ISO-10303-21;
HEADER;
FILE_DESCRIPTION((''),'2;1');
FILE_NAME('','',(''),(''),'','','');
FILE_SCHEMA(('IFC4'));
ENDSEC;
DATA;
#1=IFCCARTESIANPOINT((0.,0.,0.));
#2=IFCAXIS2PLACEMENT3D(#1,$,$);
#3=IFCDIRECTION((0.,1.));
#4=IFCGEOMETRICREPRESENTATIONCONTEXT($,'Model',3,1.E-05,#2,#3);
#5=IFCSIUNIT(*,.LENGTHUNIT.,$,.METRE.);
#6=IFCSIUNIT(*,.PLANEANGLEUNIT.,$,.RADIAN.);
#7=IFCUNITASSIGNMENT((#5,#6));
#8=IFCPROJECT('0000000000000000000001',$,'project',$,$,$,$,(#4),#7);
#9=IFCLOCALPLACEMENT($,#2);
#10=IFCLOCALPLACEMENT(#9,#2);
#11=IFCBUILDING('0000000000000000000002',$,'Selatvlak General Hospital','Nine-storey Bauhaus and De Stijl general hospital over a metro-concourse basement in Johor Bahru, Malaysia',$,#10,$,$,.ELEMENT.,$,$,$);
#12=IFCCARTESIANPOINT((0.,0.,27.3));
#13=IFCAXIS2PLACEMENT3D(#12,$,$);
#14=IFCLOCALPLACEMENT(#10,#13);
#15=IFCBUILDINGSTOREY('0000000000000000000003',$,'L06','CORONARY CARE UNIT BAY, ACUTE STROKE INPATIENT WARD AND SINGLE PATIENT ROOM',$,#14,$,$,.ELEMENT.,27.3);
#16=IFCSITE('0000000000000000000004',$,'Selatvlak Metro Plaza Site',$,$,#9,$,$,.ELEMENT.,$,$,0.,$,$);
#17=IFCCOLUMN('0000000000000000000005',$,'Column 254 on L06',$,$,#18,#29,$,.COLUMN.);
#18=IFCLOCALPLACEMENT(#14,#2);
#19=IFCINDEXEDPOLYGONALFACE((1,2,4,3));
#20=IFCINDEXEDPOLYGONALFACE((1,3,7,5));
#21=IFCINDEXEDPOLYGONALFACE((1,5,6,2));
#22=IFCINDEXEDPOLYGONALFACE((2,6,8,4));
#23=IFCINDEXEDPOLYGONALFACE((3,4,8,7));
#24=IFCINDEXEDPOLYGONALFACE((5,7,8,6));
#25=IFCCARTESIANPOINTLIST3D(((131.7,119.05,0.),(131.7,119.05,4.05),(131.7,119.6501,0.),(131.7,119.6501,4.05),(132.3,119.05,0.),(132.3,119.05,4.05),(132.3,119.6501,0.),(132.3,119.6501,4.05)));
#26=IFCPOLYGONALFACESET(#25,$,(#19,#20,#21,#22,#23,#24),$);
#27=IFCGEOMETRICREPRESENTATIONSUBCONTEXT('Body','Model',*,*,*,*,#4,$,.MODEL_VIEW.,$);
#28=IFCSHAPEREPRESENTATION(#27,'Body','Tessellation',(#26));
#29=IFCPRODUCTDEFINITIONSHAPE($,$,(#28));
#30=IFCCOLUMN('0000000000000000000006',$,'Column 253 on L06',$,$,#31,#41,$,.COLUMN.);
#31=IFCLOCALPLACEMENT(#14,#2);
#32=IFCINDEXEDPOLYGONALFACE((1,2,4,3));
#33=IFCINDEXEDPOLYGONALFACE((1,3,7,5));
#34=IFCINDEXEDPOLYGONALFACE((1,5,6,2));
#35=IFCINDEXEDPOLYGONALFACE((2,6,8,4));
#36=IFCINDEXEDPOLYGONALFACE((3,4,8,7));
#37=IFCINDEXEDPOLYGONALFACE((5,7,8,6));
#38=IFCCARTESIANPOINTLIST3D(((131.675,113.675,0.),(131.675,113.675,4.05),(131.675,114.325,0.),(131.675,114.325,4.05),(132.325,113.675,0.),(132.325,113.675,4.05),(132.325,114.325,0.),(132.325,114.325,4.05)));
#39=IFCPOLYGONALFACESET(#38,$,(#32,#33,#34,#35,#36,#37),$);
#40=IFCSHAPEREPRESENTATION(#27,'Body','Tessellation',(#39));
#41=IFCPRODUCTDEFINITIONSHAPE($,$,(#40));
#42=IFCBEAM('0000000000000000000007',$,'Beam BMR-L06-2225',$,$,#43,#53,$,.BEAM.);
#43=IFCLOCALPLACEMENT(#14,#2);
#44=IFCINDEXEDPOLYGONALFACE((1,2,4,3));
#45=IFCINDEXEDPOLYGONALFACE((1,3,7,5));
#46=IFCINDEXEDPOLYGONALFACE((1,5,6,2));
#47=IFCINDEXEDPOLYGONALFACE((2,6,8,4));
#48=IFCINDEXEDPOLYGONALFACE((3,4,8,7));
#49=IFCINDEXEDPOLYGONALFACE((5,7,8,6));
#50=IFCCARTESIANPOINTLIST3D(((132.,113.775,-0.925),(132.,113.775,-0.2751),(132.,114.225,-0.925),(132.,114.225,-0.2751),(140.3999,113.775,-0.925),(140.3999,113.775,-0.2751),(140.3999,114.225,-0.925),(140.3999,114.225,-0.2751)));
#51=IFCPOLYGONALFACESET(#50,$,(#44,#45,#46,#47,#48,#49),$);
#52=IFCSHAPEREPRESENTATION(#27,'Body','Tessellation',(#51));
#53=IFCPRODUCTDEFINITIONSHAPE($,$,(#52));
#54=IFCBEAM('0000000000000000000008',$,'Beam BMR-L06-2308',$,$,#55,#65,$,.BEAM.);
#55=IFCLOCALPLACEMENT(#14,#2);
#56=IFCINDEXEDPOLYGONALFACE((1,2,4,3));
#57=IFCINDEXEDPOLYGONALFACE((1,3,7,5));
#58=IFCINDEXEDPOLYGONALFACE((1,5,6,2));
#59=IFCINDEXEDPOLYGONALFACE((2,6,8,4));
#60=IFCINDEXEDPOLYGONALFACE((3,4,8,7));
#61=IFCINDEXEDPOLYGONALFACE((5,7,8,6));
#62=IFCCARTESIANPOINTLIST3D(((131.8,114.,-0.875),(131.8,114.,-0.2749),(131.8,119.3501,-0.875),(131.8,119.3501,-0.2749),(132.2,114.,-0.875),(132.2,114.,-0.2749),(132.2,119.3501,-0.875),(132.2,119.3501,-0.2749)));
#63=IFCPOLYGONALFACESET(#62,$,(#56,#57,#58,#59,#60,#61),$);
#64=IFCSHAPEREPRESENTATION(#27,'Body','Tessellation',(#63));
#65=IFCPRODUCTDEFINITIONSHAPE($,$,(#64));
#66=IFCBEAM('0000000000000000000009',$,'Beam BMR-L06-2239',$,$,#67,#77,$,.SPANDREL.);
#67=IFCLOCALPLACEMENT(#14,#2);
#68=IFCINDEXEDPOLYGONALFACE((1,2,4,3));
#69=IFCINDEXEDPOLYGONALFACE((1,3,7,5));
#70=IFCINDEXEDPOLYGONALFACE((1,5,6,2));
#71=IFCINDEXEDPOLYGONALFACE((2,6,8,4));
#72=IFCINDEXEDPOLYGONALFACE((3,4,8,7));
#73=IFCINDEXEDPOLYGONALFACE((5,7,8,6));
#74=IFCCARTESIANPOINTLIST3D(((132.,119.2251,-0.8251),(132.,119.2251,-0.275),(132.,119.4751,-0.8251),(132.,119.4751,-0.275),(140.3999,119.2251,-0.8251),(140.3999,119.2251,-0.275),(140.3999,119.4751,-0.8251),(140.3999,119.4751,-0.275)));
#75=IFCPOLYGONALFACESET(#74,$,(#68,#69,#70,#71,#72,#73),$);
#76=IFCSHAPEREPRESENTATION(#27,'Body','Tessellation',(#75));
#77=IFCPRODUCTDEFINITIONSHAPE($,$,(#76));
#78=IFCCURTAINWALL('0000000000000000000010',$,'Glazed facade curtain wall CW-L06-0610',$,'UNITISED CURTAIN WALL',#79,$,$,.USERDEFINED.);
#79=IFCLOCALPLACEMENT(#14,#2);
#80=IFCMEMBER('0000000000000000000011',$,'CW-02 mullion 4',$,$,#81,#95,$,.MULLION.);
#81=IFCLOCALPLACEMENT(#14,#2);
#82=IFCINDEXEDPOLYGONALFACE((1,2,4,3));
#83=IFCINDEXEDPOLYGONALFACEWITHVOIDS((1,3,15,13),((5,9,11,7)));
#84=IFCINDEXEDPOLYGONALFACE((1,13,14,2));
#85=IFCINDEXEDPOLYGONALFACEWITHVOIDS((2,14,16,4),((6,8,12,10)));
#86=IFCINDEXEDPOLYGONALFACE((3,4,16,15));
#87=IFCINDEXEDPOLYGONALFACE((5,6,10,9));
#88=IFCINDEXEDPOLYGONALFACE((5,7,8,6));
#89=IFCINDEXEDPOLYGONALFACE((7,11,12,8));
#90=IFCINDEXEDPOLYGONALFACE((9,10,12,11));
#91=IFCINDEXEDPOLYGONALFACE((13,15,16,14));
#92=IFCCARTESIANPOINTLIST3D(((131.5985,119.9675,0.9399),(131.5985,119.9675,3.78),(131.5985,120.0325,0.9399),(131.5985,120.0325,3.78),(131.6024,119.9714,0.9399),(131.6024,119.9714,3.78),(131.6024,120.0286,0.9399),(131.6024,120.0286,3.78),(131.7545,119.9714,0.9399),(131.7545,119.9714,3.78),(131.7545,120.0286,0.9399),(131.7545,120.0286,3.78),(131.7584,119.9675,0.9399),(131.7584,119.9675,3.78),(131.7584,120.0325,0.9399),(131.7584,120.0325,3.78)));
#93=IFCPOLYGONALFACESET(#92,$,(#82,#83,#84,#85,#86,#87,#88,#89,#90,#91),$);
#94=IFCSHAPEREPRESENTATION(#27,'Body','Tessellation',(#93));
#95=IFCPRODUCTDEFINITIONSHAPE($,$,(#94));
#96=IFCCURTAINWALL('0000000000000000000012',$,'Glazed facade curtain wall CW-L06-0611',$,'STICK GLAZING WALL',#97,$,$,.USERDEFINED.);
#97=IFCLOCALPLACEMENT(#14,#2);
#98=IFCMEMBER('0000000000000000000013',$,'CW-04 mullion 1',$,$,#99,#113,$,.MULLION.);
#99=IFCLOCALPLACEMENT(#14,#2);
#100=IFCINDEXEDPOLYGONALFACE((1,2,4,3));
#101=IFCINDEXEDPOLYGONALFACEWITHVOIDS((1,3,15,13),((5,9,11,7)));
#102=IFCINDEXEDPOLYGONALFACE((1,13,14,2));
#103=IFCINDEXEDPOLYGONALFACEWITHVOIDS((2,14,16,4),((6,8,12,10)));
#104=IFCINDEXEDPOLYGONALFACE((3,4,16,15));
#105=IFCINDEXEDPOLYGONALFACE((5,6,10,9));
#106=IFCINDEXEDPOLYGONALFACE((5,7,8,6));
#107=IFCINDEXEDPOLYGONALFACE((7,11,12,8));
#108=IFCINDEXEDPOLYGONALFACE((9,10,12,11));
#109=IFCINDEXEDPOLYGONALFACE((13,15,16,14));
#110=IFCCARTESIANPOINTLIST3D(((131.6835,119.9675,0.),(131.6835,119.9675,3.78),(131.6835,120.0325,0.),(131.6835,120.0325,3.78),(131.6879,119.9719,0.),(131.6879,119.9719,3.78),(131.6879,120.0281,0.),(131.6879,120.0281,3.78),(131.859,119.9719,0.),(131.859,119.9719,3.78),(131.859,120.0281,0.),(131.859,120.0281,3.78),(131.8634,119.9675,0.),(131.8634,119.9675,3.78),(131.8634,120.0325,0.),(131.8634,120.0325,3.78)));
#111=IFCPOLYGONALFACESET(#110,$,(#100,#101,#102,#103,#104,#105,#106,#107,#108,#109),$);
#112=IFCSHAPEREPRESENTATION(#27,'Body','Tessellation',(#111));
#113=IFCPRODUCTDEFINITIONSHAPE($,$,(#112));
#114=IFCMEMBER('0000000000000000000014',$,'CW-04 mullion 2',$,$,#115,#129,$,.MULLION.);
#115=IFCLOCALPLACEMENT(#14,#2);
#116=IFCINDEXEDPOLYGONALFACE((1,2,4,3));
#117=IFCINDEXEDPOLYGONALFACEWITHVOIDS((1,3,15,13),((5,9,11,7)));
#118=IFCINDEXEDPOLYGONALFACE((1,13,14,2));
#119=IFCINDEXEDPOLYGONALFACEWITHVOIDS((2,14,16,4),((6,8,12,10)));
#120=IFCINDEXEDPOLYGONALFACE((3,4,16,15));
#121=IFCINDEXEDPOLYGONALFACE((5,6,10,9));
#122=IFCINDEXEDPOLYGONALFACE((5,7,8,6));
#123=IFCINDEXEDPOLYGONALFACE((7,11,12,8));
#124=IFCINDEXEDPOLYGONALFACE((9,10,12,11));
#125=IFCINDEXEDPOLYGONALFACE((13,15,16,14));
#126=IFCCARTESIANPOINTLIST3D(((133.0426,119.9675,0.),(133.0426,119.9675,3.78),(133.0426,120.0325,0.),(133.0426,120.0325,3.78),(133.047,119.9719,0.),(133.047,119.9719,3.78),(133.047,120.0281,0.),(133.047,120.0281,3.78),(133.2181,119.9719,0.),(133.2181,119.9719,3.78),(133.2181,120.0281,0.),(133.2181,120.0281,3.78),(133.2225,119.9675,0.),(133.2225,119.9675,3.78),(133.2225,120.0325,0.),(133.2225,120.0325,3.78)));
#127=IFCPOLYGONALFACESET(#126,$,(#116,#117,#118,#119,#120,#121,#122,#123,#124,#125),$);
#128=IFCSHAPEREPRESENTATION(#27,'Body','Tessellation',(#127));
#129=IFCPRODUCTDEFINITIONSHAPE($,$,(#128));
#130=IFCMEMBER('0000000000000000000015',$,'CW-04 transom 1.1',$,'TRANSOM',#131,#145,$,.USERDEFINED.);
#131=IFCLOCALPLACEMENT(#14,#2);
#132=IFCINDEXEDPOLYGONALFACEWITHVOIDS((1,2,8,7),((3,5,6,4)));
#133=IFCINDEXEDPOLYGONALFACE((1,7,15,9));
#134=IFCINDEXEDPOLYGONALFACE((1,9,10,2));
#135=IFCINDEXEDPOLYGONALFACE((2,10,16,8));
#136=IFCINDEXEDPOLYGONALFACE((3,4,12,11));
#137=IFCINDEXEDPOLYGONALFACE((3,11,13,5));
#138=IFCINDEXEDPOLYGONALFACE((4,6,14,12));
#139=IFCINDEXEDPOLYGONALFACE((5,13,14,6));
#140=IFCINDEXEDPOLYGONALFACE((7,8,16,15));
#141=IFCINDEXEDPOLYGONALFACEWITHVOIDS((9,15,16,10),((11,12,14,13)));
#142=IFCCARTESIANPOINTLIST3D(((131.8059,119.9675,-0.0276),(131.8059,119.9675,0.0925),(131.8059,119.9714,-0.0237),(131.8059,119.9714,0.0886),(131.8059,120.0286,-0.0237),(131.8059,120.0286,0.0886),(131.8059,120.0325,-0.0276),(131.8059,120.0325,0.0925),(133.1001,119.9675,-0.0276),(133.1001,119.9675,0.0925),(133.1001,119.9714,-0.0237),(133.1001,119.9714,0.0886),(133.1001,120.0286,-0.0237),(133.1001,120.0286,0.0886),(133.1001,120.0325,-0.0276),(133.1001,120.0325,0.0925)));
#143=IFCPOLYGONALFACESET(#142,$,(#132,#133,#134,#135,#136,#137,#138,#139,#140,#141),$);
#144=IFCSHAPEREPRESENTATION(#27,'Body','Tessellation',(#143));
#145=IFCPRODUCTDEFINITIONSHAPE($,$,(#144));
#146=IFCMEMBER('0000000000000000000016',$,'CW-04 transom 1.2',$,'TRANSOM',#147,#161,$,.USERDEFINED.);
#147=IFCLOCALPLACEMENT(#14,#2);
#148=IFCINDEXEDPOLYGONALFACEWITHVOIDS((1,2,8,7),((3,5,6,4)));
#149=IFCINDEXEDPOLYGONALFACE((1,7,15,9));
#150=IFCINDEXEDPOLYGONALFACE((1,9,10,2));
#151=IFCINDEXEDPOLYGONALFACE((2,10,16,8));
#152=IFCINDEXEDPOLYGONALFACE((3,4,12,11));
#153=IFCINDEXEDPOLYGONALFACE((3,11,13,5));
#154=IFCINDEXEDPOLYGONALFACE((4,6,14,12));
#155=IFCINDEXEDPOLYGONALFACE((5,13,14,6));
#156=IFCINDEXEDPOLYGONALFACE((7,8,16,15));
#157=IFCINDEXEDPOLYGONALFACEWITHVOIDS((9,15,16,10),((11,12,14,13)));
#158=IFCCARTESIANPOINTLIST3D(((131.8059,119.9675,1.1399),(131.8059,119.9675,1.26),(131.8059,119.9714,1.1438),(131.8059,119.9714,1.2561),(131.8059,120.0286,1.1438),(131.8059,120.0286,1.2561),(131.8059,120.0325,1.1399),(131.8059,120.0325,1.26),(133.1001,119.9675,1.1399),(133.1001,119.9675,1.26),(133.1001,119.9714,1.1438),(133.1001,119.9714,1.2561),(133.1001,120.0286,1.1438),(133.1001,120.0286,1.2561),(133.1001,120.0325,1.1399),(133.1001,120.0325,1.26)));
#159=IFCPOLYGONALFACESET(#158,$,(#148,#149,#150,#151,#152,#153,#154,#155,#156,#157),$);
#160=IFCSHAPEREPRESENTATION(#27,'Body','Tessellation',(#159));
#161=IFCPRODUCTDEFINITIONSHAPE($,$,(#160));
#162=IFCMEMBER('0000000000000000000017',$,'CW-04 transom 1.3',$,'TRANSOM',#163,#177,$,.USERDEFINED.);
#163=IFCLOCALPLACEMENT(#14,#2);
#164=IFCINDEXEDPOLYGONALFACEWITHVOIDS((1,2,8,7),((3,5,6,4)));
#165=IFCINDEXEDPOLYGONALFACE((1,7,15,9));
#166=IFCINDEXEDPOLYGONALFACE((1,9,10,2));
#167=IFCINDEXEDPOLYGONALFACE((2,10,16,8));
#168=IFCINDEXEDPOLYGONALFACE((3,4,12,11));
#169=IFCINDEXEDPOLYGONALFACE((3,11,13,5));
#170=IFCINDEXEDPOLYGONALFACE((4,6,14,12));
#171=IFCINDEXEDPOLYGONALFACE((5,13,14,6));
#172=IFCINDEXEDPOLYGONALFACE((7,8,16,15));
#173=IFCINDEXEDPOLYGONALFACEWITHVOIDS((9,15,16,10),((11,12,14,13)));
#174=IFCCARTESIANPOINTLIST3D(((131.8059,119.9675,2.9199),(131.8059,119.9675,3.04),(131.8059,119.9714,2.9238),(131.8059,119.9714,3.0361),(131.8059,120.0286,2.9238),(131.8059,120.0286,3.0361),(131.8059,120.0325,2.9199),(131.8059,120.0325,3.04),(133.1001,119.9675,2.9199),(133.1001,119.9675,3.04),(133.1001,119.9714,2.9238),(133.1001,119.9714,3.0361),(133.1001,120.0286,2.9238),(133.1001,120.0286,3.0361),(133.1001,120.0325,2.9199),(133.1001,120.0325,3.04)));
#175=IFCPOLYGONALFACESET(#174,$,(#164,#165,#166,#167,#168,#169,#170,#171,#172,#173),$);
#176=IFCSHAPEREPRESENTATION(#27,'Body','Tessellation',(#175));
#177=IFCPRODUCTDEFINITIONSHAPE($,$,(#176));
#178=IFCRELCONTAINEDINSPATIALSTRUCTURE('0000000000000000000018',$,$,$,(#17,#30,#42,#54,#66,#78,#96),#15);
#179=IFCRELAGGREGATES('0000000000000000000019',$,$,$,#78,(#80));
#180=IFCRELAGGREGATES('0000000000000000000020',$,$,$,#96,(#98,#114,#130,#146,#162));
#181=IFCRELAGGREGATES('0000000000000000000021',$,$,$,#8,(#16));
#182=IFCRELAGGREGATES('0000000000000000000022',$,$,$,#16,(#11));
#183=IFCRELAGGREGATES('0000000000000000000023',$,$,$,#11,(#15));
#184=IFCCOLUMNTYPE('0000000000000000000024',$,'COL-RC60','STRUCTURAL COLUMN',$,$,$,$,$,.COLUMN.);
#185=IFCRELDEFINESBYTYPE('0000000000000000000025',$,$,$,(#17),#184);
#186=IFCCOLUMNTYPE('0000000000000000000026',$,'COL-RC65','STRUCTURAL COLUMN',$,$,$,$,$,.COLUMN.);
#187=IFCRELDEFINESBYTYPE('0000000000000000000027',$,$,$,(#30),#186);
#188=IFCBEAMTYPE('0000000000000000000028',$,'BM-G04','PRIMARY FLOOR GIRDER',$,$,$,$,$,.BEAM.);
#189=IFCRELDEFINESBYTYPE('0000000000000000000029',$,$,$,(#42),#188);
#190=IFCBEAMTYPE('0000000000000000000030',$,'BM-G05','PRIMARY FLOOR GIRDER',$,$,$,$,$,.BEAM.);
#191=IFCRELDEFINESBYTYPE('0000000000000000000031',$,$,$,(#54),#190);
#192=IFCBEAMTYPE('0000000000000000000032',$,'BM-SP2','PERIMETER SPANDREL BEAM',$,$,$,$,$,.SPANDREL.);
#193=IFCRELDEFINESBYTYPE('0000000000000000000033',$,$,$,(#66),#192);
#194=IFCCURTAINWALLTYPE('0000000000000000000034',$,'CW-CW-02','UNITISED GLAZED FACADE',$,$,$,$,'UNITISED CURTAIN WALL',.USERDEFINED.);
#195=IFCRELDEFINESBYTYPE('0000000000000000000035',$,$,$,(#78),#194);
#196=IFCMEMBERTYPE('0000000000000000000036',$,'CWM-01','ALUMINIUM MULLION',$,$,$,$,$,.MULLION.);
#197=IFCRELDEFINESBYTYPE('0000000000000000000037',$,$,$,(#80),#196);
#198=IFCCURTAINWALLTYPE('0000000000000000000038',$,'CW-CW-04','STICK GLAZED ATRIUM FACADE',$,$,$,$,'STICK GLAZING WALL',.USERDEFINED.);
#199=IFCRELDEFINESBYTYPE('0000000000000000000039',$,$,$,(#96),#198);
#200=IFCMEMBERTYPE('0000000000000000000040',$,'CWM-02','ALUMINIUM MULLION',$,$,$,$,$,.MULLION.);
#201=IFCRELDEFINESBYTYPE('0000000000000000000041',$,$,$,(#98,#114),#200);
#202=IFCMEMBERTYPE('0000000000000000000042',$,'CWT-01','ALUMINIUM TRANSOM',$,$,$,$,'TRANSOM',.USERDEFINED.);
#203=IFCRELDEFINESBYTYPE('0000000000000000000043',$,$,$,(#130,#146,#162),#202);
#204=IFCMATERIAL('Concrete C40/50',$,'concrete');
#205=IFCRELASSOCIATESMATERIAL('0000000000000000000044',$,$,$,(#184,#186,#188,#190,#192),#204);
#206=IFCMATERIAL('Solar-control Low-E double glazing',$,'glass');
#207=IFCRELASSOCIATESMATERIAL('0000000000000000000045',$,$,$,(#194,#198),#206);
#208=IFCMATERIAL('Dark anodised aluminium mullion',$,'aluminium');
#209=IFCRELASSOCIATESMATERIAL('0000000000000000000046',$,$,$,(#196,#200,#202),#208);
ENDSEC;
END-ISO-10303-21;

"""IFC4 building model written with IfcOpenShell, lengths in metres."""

from ifc_helpers import new_model, si_unit, direction, frame, origin, origin_2d, place, context, subcontext, project, spatial, rectangle, hollow_rectangle, extrude, material, material_profile, profile_set, type_object, element, aggregate, save


model = new_model("IFC4")

# Units and contexts
model_context = context("Model", 3, precision=1e-05, world=origin(), true_north=direction((0.0, 1.0)))
body_context = subcontext(model_context, "Body", "Model", "MODEL_VIEW")
ifc_project = project(units=[si_unit("LENGTHUNIT", "METRE"), si_unit("PLANEANGLEUNIT", "RADIAN")], contexts=[model_context])

# Site, building, storey
site_placement = place(None, origin())
site = spatial("IfcSite", under=ifc_project, at=site_placement, Name="Selatvlak Metro Plaza Site", CompositionType="ELEMENT", RefElevation=0.0)
building_placement = place(site_placement, origin())
building = spatial("IfcBuilding", under=site, at=building_placement, Name="Selatvlak General Hospital", Description="Nine-storey Bauhaus and De Stijl general hospital over a metro-concourse basement in Johor Bahru, Malaysia", CompositionType="ELEMENT")
storey_placement = place(building_placement, frame((0.0, 0.0, 27.3)))
storey = spatial("IfcBuildingStorey", under=building, at=storey_placement, Name="L06", Description="CORONARY CARE UNIT BAY, ACUTE STROKE INPATIENT WARD AND SINGLE PATIENT ROOM", CompositionType="ELEMENT", Elevation=27.3)

# Columns
ifc_material_1 = material(Name="Concrete C40/50", Category="concrete")
ifc_material_profile_1 = material_profile(ifc_material_1, rectangle(XDim=0.6001, YDim=0.6001, at=origin_2d()), Name="RC-COL 600x600")
ifc_profile_set_1 = profile_set([ifc_material_profile_1], Name="Concrete C40/50")
column_type_1 = type_object("IfcColumnType", Name="COL-RC60", Description="STRUCTURAL COLUMN", PredefinedType="COLUMN", material=ifc_profile_set_1)
column_1_placement = place(storey_placement, frame((132.0, 119.3501, 0.0), z_axis=(0.0, 0.0, 1.0), x_axis=(1.0, 0.0, 0.0)))
element("IfcColumn", 1, at=column_1_placement, inside=storey, type_object=column_type_1, Name="Column 254 on L06", PredefinedType="COLUMN", context=body_context, shape_type="SweptSolid", body=[
    extrude(rectangle(XDim=0.6001, YDim=0.6001, at=origin_2d()), origin(), (0.0, 0.0, 1.0), 4.05),
])
ifc_material_profile_2 = material_profile(ifc_material_1, rectangle(XDim=0.6499, YDim=0.6499, at=origin_2d()), Name="RC-COL 650x650")
ifc_profile_set_2 = profile_set([ifc_material_profile_2], Name="Concrete C40/50")
column_type_2 = type_object("IfcColumnType", Name="COL-RC65", Description="STRUCTURAL COLUMN", PredefinedType="COLUMN", material=ifc_profile_set_2)
column_2_placement = place(storey_placement, frame((132.0, 114.0, 0.0), z_axis=(0.0, 0.0, 1.0), x_axis=(1.0, 0.0, 0.0)))
element("IfcColumn", 2, at=column_2_placement, inside=storey, type_object=column_type_2, Name="Column 253 on L06", PredefinedType="COLUMN", context=body_context, shape_type="SweptSolid", body=[
    extrude(rectangle(XDim=0.6499, YDim=0.6499, at=origin_2d()), origin(), (0.0, 0.0, 1.0), 4.05),
])

# Beams
ifc_material_profile_3 = material_profile(ifc_material_1, rectangle(XDim=0.45, YDim=0.6499, at=origin_2d()), Name="RC-BM 450x650")
ifc_profile_set_3 = profile_set([ifc_material_profile_3], Name="Concrete C40/50")
beam_type_1 = type_object("IfcBeamType", Name="BM-G04", Description="PRIMARY FLOOR GIRDER", PredefinedType="BEAM", material=ifc_profile_set_3)
beam_1_placement = place(storey_placement, frame((132.0, 114.0, -0.6001), z_axis=(1.0, 0.0, 0.0), x_axis=(0.0, 1.0, 0.0)))
element("IfcBeam", 3, at=beam_1_placement, inside=storey, type_object=beam_type_1, Name="Beam BMR-L06-2225", PredefinedType="BEAM", context=body_context, shape_type="SweptSolid", body=[
    extrude(rectangle(XDim=0.45, YDim=0.6499, at=origin_2d()), origin(), (0.0, 0.0, 1.0), 8.3999),
])
ifc_material_profile_4 = material_profile(ifc_material_1, rectangle(XDim=0.3999, YDim=0.6001, at=origin_2d()), Name="RC-BM 400x600")
ifc_profile_set_4 = profile_set([ifc_material_profile_4], Name="Concrete C40/50")
beam_type_2 = type_object("IfcBeamType", Name="BM-G05", Description="PRIMARY FLOOR GIRDER", PredefinedType="BEAM", material=ifc_profile_set_4)
beam_2_placement = place(storey_placement, frame((132.0, 114.0, -0.575), z_axis=(0.0, 1.0, 0.0), x_axis=(-1.0, 0.0, 0.0)))
element("IfcBeam", 4, at=beam_2_placement, inside=storey, type_object=beam_type_2, Name="Beam BMR-L06-2308", PredefinedType="BEAM", context=body_context, shape_type="SweptSolid", body=[
    extrude(rectangle(XDim=0.3999, YDim=0.6001, at=origin_2d()), origin(), (0.0, 0.0, 1.0), 5.3501),
])
ifc_material_profile_5 = material_profile(ifc_material_1, rectangle(XDim=0.25, YDim=0.55, at=origin_2d()), Name="RC-SP 250x550")
ifc_profile_set_5 = profile_set([ifc_material_profile_5], Name="Concrete C40/50")
beam_type_3 = type_object("IfcBeamType", Name="BM-SP2", Description="PERIMETER SPANDREL BEAM", PredefinedType="SPANDREL", material=ifc_profile_set_5)
beam_3_placement = place(storey_placement, frame((132.0, 119.3501, -0.55), z_axis=(1.0, 0.0, 0.0), x_axis=(0.0, 1.0, 0.0)))
element("IfcBeam", 5, at=beam_3_placement, inside=storey, type_object=beam_type_3, Name="Beam BMR-L06-2239", PredefinedType="SPANDREL", context=body_context, shape_type="SweptSolid", body=[
    extrude(rectangle(XDim=0.25, YDim=0.55, at=origin_2d()), origin(), (0.0, 0.0, 1.0), 8.3999),
])

# Curtain wall, member
ifc_material_2 = material(Name="Solar-control Low-E double glazing", Category="glass")
curtain_wall_type_1 = type_object("IfcCurtainWallType", Name="CW-CW-02", Description="UNITISED GLAZED FACADE", ElementType="UNITISED CURTAIN WALL", PredefinedType="USERDEFINED", material=ifc_material_2)
curtain_wall_1_placement = place(storey_placement, origin())
curtain_wall_1 = element("IfcCurtainWall", 6, at=curtain_wall_1_placement, inside=storey, type_object=curtain_wall_type_1, Name="Glazed facade curtain wall CW-L06-0610", ObjectType="UNITISED CURTAIN WALL", PredefinedType="USERDEFINED")
ifc_material_3 = material(Name="Dark anodised aluminium mullion", Category="aluminium")
ifc_material_profile_6 = material_profile(ifc_material_3, hollow_rectangle(XDim=0.0649, YDim=0.1599, WallThickness=0.0039, at=origin_2d()), Name="AL-MUL 65x160x4")
ifc_profile_set_6 = profile_set([ifc_material_profile_6], Name="Dark anodised aluminium mullion")
member_type_1 = type_object("IfcMemberType", Name="CWM-01", Description="ALUMINIUM MULLION", PredefinedType="MULLION", material=ifc_profile_set_6)
member_1_placement = place(storey_placement, frame((131.6785, 120.0, 0.9399), z_axis=(0.0, 0.0, 1.0), x_axis=(0.0, 1.0, 0.0)))
member_1 = element("IfcMember", 7, at=member_1_placement, type_object=member_type_1, Name="CW-02 mullion 4", PredefinedType="MULLION", context=body_context, shape_type="SweptSolid", body=[
    extrude(hollow_rectangle(XDim=0.0649, YDim=0.1599, WallThickness=0.0039, at=origin_2d()), origin(), (0.0, 0.0, 1.0), 2.8401),
])

# Curtain wall, members
curtain_wall_type_2 = type_object("IfcCurtainWallType", Name="CW-CW-04", Description="STICK GLAZED ATRIUM FACADE", ElementType="STICK GLAZING WALL", PredefinedType="USERDEFINED", material=ifc_material_2)
curtain_wall_2_placement = place(storey_placement, origin())
curtain_wall_2 = element("IfcCurtainWall", 8, at=curtain_wall_2_placement, inside=storey, type_object=curtain_wall_type_2, Name="Glazed facade curtain wall CW-L06-0611", ObjectType="STICK GLAZING WALL", PredefinedType="USERDEFINED")
ifc_material_profile_7 = material_profile(ifc_material_3, hollow_rectangle(XDim=0.0649, YDim=0.1799, WallThickness=0.0044, at=origin_2d()), Name="AL-MUL 65x180x4.5")
ifc_profile_set_7 = profile_set([ifc_material_profile_7], Name="Dark anodised aluminium mullion")
member_type_2 = type_object("IfcMemberType", Name="CWM-02", Description="ALUMINIUM MULLION", PredefinedType="MULLION", material=ifc_profile_set_7)
member_2_placement = place(storey_placement, frame((131.7734, 120.0, 0.0), z_axis=(0.0, 0.0, 1.0), x_axis=(0.0, 1.0, 0.0)))
member_2 = element("IfcMember", 9, at=member_2_placement, type_object=member_type_2, Name="CW-04 mullion 1", PredefinedType="MULLION", context=body_context, shape_type="SweptSolid", body=[
    extrude(hollow_rectangle(XDim=0.0649, YDim=0.1799, WallThickness=0.0044, at=origin_2d()), origin(), (0.0, 0.0, 1.0), 3.78),
])
member_3_placement = place(storey_placement, frame((133.1326, 120.0, 0.0), z_axis=(0.0, 0.0, 1.0), x_axis=(0.0, 1.0, 0.0)))
member_3 = element("IfcMember", 10, at=member_3_placement, type_object=member_type_2, Name="CW-04 mullion 2", PredefinedType="MULLION", context=body_context, shape_type="SweptSolid", body=[
    extrude(hollow_rectangle(XDim=0.0649, YDim=0.1799, WallThickness=0.0044, at=origin_2d()), origin(), (0.0, 0.0, 1.0), 3.78),
])
ifc_material_profile_8 = material_profile(ifc_material_3, hollow_rectangle(XDim=0.0649, YDim=0.1201, WallThickness=0.0039, at=origin_2d()), Name="AL-TRN 65x120x4")
ifc_profile_set_8 = profile_set([ifc_material_profile_8], Name="Dark anodised aluminium mullion")
member_type_3 = type_object("IfcMemberType", Name="CWT-01", Description="ALUMINIUM TRANSOM", ElementType="TRANSOM", PredefinedType="USERDEFINED", material=ifc_profile_set_8)
member_4_placement = place(storey_placement, frame((131.8059, 120.0, 0.0325), z_axis=(1.0, 0.0, 0.0), x_axis=(0.0, 1.0, 0.0)))
member_4 = element("IfcMember", 11, at=member_4_placement, type_object=member_type_3, Name="CW-04 transom 1.1", ObjectType="TRANSOM", PredefinedType="USERDEFINED", context=body_context, shape_type="SweptSolid", body=[
    extrude(hollow_rectangle(XDim=0.0649, YDim=0.1201, WallThickness=0.0039, at=origin_2d()), origin(), (0.0, 0.0, 1.0), 1.2942),
])
member_5_placement = place(storey_placement, frame((131.8059, 120.0, 1.2), z_axis=(1.0, 0.0, 0.0), x_axis=(0.0, 1.0, 0.0)))
member_5 = element("IfcMember", 12, at=member_5_placement, type_object=member_type_3, Name="CW-04 transom 1.2", ObjectType="TRANSOM", PredefinedType="USERDEFINED", context=body_context, shape_type="SweptSolid", body=[
    extrude(hollow_rectangle(XDim=0.0649, YDim=0.1201, WallThickness=0.0039, at=origin_2d()), origin(), (0.0, 0.0, 1.0), 1.2942),
])
member_6_placement = place(storey_placement, frame((131.8059, 120.0, 2.98), z_axis=(1.0, 0.0, 0.0), x_axis=(0.0, 1.0, 0.0)))
member_6 = element("IfcMember", 13, at=member_6_placement, type_object=member_type_3, Name="CW-04 transom 1.3", ObjectType="TRANSOM", PredefinedType="USERDEFINED", context=body_context, shape_type="SweptSolid", body=[
    extrude(hollow_rectangle(XDim=0.0649, YDim=0.1201, WallThickness=0.0039, at=origin_2d()), origin(), (0.0, 0.0, 1.0), 1.2942),
])

aggregate(curtain_wall_1, [member_1])
aggregate(curtain_wall_2, [member_2, member_3, member_4, member_5, member_6])

save(model, "model.ifc")
